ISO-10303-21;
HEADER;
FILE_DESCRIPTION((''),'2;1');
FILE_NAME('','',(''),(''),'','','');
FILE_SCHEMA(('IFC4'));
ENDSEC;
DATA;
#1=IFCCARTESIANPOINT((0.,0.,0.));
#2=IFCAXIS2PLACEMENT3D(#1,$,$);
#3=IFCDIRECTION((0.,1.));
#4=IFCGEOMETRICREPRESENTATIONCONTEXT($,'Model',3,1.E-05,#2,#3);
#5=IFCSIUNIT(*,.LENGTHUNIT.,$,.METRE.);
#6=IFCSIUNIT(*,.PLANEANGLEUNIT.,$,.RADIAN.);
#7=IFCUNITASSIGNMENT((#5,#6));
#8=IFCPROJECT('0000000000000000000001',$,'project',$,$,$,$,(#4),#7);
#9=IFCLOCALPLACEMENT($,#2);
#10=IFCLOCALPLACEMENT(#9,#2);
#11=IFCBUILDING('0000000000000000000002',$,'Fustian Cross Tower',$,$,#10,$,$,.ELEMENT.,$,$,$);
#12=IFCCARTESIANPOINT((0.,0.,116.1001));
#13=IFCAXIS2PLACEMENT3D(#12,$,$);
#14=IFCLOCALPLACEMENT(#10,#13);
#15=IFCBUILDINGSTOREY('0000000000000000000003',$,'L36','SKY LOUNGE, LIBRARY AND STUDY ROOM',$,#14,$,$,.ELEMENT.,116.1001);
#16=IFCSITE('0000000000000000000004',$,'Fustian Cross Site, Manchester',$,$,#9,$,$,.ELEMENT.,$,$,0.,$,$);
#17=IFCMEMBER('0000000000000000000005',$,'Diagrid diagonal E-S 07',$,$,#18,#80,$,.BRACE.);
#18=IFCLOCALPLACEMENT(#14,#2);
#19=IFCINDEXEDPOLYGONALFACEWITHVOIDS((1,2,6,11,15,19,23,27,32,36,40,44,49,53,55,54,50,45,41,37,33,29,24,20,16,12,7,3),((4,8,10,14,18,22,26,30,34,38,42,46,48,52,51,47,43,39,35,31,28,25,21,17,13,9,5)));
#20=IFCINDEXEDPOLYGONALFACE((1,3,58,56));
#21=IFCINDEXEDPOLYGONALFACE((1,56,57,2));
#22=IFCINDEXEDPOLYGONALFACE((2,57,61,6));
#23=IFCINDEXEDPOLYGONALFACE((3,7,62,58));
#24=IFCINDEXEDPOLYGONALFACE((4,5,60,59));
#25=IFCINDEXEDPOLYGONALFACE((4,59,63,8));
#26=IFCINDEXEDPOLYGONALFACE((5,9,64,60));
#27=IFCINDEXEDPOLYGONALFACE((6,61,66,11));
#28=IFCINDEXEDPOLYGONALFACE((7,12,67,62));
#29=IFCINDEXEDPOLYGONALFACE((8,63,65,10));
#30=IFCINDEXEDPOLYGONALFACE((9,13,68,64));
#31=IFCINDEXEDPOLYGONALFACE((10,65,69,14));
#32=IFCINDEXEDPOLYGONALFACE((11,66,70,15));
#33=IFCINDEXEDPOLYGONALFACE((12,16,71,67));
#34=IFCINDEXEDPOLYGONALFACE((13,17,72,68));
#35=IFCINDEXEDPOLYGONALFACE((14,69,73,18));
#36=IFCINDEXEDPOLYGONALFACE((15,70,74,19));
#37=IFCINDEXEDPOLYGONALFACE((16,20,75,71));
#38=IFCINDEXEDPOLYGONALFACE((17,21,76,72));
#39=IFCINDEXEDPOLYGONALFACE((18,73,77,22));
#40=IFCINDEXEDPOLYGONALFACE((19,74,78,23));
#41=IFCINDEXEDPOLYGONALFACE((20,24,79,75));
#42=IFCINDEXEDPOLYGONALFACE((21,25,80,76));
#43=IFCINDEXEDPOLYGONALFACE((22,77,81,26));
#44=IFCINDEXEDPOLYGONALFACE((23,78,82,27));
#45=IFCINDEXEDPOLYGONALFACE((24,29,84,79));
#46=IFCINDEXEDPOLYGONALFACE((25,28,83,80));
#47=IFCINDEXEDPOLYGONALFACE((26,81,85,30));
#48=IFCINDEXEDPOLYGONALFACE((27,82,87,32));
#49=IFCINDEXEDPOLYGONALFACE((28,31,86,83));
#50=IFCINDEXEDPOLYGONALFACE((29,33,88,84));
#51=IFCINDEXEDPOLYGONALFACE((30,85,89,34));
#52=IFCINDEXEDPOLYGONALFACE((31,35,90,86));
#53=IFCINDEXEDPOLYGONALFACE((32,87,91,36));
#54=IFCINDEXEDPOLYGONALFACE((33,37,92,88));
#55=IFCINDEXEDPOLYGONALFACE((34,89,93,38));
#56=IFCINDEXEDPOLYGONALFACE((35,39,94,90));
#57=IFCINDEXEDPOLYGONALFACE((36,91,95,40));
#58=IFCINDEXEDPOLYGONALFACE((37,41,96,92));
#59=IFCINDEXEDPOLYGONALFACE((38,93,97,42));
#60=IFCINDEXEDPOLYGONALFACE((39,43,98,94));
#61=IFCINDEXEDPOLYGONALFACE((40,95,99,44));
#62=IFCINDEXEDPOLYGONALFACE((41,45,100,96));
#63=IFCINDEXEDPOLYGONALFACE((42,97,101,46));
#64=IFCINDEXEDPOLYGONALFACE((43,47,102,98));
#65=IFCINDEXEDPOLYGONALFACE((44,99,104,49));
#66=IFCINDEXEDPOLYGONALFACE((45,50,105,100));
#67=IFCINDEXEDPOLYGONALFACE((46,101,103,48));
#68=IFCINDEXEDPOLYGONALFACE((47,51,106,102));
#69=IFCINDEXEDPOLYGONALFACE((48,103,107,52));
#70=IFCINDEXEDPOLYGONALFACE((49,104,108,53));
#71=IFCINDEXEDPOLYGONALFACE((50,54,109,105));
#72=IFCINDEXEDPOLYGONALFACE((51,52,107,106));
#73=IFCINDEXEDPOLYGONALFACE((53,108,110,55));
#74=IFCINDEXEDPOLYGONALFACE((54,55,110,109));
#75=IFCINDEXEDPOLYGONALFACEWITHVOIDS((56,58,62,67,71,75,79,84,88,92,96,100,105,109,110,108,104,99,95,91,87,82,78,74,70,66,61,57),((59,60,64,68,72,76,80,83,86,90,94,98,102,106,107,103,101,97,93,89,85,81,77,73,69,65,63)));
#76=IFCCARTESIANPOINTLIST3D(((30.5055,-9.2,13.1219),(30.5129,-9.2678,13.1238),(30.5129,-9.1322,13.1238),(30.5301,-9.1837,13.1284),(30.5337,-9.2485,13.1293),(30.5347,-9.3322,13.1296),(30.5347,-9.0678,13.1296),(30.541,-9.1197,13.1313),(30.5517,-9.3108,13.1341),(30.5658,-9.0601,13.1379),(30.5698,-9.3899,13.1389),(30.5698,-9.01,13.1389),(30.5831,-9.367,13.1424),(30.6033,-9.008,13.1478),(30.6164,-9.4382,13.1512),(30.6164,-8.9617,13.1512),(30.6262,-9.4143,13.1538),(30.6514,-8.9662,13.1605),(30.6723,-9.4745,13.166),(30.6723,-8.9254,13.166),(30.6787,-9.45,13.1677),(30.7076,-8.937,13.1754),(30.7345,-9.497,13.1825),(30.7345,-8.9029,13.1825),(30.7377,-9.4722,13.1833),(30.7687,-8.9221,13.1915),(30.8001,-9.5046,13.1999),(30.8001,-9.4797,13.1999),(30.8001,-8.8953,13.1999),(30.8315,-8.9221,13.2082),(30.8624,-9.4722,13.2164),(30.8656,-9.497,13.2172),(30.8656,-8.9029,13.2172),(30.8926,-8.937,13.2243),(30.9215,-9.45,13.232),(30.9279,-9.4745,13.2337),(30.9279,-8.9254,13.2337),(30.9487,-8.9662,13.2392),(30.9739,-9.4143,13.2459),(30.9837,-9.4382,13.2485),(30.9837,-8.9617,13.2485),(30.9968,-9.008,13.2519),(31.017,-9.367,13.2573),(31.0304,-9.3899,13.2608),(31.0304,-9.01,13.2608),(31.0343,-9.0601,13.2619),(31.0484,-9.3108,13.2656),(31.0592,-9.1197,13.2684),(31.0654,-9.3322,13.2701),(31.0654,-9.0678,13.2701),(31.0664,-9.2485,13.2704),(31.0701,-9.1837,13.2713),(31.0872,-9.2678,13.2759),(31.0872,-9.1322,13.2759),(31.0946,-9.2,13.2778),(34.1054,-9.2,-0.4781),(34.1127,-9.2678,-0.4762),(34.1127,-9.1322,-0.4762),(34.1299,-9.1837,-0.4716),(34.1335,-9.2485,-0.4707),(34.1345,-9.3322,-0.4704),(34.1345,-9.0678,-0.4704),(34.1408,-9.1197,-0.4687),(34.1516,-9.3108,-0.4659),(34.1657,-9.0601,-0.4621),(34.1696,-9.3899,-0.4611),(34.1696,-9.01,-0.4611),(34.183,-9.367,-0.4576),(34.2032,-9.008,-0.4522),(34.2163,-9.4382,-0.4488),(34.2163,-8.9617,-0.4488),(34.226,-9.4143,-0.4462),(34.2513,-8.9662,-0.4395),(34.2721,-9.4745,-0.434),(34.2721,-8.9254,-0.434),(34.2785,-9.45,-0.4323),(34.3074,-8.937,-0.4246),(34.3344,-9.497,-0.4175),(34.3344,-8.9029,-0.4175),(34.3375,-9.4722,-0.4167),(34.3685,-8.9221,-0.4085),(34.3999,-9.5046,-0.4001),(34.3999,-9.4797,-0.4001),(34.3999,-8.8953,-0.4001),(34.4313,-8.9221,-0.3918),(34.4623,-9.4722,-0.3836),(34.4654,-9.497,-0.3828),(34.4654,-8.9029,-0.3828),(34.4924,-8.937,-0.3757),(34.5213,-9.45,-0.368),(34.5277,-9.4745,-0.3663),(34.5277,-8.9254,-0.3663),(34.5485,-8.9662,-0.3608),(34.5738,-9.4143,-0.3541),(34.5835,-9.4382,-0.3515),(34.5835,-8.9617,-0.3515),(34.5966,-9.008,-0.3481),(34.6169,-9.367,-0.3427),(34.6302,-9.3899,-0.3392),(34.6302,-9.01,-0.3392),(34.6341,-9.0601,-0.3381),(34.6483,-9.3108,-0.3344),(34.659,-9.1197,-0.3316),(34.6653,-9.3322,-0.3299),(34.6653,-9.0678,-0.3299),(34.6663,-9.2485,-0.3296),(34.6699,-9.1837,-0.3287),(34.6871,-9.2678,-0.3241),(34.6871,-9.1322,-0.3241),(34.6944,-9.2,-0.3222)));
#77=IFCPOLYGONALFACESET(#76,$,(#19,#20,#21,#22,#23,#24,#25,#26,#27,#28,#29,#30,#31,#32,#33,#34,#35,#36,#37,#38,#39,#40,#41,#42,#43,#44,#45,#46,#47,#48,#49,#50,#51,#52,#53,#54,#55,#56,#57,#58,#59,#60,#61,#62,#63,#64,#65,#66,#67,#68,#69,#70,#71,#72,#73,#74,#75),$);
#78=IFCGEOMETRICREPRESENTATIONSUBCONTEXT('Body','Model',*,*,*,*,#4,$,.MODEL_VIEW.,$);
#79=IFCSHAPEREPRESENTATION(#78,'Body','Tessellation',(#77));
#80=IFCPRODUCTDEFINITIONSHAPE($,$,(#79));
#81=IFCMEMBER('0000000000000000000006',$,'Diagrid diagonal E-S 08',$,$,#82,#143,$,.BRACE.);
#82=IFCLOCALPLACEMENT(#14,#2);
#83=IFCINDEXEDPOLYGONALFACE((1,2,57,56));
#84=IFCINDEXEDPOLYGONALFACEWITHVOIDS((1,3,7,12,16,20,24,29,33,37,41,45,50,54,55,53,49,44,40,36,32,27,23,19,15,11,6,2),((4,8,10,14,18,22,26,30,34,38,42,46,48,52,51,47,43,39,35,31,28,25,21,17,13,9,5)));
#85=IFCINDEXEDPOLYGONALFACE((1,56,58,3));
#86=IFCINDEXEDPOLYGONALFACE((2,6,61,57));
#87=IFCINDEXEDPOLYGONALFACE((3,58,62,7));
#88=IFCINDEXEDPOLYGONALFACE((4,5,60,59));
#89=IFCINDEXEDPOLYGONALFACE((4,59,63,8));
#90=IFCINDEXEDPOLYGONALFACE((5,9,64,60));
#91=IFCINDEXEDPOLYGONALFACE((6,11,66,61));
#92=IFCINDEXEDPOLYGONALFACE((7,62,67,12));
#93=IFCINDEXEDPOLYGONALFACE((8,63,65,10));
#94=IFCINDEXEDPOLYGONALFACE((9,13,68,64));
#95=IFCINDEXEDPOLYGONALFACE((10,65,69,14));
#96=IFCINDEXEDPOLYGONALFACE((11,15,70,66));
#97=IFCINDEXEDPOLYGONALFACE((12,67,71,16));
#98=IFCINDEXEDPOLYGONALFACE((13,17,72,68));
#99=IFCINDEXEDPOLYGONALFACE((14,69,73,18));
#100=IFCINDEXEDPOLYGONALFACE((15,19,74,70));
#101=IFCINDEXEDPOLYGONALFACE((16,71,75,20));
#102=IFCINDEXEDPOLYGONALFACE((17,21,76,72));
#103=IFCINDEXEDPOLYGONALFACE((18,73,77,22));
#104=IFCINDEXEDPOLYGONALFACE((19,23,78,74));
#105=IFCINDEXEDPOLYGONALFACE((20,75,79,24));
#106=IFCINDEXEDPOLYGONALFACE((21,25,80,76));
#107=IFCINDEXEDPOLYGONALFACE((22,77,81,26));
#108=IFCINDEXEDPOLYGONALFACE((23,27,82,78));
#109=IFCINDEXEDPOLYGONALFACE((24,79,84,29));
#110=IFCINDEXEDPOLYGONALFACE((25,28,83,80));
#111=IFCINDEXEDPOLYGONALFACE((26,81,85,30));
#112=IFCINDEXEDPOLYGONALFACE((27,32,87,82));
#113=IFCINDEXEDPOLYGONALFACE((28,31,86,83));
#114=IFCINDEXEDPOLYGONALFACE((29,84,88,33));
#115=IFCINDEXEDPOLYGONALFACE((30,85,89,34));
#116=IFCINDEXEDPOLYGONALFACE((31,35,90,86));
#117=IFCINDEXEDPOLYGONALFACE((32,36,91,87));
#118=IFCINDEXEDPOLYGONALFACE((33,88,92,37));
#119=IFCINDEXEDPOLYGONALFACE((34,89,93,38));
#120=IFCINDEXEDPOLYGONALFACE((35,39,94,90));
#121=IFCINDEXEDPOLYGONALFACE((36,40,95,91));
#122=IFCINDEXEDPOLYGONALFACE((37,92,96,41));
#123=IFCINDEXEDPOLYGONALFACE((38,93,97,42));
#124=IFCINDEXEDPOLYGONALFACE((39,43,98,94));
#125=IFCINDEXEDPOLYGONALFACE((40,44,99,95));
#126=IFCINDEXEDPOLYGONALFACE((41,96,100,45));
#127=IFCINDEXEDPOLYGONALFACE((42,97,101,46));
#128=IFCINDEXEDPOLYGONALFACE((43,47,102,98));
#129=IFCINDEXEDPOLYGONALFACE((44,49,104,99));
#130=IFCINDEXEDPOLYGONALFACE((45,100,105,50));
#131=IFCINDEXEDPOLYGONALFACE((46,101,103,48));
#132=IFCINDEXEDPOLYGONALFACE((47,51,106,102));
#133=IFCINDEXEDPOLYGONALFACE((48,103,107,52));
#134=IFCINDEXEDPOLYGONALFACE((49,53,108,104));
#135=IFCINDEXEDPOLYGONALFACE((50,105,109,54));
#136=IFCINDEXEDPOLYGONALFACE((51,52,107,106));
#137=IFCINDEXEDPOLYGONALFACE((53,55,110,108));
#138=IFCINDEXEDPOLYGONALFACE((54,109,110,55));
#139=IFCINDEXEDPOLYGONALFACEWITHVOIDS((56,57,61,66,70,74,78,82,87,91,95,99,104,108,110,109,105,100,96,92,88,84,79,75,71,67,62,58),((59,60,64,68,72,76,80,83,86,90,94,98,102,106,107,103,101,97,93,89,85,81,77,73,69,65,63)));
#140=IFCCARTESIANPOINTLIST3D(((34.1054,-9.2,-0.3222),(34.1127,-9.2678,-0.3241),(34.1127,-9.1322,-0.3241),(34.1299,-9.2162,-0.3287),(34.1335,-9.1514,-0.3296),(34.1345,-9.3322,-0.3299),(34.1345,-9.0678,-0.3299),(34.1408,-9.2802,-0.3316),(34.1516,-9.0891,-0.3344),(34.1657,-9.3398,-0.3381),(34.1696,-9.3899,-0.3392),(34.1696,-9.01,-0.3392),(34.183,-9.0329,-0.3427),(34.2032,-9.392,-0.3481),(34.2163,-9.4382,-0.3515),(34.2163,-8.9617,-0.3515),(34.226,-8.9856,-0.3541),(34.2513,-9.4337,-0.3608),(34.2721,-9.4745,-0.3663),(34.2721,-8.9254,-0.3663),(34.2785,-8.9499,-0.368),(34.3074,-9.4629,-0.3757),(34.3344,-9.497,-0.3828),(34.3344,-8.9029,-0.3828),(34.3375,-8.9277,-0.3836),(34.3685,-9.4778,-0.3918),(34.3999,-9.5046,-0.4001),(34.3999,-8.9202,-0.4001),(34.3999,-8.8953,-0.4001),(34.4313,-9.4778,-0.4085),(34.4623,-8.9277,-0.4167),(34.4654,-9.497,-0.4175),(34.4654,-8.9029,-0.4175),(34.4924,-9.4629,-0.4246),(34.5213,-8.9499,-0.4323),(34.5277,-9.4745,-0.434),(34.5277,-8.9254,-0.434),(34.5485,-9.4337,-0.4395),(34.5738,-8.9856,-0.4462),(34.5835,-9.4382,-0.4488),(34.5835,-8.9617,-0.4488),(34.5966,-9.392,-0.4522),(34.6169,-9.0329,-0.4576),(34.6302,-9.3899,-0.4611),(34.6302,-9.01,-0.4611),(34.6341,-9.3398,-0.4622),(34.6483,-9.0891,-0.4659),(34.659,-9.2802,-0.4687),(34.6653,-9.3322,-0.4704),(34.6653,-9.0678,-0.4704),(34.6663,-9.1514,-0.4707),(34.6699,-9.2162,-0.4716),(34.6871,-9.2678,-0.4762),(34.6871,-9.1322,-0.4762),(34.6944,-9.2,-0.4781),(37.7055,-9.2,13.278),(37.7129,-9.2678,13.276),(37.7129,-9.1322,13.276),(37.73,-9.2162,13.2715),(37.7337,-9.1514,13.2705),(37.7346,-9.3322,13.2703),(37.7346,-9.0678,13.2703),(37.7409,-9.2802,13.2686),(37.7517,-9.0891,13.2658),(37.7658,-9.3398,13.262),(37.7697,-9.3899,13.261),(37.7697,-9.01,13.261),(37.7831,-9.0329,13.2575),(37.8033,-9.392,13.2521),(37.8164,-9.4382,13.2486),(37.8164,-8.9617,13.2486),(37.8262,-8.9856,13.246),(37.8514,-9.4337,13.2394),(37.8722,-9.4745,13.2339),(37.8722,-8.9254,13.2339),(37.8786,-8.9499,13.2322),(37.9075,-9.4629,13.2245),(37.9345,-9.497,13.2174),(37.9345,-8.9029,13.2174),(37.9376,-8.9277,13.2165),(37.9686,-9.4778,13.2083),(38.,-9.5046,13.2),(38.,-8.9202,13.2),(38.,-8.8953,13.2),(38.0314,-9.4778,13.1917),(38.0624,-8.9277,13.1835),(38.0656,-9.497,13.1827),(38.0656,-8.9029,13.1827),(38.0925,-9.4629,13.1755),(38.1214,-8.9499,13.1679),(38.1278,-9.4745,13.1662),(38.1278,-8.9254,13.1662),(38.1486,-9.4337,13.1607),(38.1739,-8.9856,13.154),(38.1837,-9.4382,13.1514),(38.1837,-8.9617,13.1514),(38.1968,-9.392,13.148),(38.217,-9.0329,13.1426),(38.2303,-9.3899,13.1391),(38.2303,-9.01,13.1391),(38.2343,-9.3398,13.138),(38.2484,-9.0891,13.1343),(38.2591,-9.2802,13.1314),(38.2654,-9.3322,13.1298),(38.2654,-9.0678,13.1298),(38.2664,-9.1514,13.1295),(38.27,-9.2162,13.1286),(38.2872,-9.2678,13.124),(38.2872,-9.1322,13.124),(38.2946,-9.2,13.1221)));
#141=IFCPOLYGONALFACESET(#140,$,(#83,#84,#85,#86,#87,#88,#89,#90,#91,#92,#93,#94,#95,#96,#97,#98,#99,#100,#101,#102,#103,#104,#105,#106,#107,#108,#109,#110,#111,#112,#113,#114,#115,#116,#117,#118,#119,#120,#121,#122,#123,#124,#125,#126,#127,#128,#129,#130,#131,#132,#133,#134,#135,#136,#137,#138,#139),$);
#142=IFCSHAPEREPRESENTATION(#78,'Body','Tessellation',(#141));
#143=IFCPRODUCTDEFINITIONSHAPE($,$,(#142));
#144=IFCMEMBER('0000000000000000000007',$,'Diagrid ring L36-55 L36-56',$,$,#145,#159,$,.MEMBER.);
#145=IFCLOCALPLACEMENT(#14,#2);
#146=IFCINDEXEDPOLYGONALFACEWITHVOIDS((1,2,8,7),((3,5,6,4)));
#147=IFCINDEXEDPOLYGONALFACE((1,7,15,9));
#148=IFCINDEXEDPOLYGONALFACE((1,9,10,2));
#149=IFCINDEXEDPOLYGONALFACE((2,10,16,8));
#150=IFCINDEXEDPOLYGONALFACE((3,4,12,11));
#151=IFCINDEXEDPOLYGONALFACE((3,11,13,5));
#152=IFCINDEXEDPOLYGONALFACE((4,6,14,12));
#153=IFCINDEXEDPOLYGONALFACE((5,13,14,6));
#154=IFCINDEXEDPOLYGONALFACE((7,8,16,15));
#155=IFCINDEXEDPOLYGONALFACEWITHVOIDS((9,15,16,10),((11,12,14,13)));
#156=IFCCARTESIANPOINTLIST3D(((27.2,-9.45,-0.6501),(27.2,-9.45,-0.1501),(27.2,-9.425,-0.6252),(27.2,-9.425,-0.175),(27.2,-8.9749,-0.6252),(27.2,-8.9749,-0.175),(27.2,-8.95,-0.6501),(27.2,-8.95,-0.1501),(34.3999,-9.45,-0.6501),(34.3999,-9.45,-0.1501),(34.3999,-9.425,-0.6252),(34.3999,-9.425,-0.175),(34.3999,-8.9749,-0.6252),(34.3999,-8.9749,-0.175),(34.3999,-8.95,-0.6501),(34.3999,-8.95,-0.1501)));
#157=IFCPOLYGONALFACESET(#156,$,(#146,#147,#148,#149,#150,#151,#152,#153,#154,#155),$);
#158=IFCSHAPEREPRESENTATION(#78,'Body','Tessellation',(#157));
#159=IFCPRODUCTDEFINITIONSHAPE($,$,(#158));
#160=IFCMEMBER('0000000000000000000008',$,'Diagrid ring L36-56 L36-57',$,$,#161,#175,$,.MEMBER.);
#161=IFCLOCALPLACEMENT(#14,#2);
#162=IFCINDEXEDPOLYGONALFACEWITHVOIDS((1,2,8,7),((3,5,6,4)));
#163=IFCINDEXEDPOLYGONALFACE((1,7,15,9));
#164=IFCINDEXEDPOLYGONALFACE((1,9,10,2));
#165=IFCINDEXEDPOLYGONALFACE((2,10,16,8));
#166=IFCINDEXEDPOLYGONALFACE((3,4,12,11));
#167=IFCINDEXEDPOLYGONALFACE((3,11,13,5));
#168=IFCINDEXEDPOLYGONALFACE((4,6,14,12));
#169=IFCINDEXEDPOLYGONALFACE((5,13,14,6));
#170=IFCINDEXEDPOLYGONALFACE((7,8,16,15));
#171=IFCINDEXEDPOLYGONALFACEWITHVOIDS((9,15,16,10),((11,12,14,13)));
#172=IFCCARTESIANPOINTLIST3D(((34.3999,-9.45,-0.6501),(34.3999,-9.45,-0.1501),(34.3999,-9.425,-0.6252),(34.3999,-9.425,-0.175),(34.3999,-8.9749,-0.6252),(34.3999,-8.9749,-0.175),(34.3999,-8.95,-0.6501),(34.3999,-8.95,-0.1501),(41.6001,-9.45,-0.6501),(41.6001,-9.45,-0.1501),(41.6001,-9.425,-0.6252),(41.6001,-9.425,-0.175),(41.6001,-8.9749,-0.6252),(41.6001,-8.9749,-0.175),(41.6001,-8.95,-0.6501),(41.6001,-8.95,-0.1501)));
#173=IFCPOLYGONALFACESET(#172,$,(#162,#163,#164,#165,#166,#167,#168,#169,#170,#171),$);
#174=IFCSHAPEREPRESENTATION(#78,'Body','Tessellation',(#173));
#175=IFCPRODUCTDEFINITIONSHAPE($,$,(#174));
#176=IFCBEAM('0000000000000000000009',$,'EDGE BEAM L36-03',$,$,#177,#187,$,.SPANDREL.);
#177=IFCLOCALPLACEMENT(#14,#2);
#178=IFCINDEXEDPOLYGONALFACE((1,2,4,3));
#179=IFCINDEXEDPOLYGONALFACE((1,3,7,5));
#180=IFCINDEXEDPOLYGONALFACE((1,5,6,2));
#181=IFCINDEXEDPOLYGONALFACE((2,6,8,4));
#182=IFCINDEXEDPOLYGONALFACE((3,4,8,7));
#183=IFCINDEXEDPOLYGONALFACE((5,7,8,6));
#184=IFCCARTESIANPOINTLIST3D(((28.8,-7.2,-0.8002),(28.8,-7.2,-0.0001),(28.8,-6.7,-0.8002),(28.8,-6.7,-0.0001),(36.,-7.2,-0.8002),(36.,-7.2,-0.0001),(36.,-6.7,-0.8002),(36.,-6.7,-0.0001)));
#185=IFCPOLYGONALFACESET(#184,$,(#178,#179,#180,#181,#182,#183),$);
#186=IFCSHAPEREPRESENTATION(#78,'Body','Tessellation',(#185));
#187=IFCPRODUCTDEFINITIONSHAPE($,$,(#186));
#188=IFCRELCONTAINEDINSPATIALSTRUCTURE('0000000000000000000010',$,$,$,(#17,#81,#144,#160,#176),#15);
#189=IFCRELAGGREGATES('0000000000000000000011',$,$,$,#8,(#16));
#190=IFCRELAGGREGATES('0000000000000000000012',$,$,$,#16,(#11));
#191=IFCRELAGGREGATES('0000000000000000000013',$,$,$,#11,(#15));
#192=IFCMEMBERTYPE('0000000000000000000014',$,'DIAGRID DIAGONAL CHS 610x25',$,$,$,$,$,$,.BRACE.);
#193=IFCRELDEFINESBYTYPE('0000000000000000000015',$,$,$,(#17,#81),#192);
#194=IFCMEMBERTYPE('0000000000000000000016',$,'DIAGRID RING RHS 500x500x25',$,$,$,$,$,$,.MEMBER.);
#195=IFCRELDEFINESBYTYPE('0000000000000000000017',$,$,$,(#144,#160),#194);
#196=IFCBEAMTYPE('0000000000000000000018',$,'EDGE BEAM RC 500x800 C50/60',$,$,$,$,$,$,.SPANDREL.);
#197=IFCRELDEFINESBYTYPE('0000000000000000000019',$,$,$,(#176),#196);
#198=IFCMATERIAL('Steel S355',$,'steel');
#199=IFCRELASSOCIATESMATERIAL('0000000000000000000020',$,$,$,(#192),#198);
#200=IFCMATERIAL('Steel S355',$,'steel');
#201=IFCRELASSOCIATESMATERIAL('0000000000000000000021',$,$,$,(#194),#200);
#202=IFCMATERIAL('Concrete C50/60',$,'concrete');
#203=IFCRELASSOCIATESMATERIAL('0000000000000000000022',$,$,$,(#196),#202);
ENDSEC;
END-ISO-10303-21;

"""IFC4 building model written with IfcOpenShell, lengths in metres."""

from ifc_helpers import new_model, si_unit, direction, frame, origin, origin_2d, place, context, subcontext, project, spatial, rectangle, hollow_rectangle, hollow_circle, extrude, material, material_profile, profile_set, type_object, element, save


model = new_model("IFC4")

# Units and contexts
model_context = context("Model", 3, precision=1e-05, world=origin(), true_north=direction((0.0, 1.0)))
body_context = subcontext(model_context, "Body", "Model", "MODEL_VIEW")
ifc_project = project(units=[si_unit("LENGTHUNIT", "METRE"), si_unit("PLANEANGLEUNIT", "RADIAN")], contexts=[model_context])

# Site, building, storey
site_placement = place(None, origin())
site = spatial("IfcSite", under=ifc_project, at=site_placement, Name="Fustian Cross Site, Manchester", CompositionType="ELEMENT", RefElevation=0.0)
building_placement = place(site_placement, origin())
building = spatial("IfcBuilding", under=site, at=building_placement, Name="Fustian Cross Tower", CompositionType="ELEMENT")
storey_placement = place(building_placement, frame((0.0, 0.0, 116.1001)))
storey = spatial("IfcBuildingStorey", under=building, at=storey_placement, Name="L36", Description="SKY LOUNGE, LIBRARY AND STUDY ROOM", CompositionType="ELEMENT", Elevation=116.1001)

# Members
ifc_material_1 = material(Name="Steel S355", Category="steel")
ifc_material_profile_1 = material_profile(ifc_material_1, hollow_circle(Radius=0.3047, WallThickness=0.0249, at=origin_2d()), Name="CHS 610x25")
ifc_profile_set_1 = profile_set([ifc_material_profile_1], Name="Steel S355")
member_type_1 = type_object("IfcMemberType", Name="DIAGRID DIAGONAL CHS 610x25", PredefinedType="BRACE", material=ifc_profile_set_1)
member_1_placement = place(storey_placement, frame((34.3999, -9.2, -0.4001), z_axis=(-0.255881, 0.0, 0.966708), x_axis=(0.0, -1.0, 0.0)))
element("IfcMember", 1, at=member_1_placement, inside=storey, type_object=member_type_1, Name="Diagrid diagonal E-S 07", PredefinedType="BRACE", context=body_context, shape_type="SweptSolid", body=[
    extrude(hollow_circle(Radius=0.3047, WallThickness=0.0249, at=origin_2d()), origin(), (0.0, 0.0, 1.0), 14.0684),
])
member_2_placement = place(storey_placement, frame((34.3999, -9.2, -0.4001), z_axis=(0.255897, 0.0, 0.966704), x_axis=(0.0, 1.0, 0.0)))
element("IfcMember", 2, at=member_2_placement, inside=storey, type_object=member_type_1, Name="Diagrid diagonal E-S 08", PredefinedType="BRACE", context=body_context, shape_type="SweptSolid", body=[
    extrude(hollow_circle(Radius=0.3047, WallThickness=0.0249, at=origin_2d()), origin(), (0.0, 0.0, 1.0), 14.0686),
])
ifc_material_2 = material(Name="Steel S355", Category="steel")
ifc_material_profile_2 = material_profile(ifc_material_2, hollow_rectangle(XDim=0.5, YDim=0.5, WallThickness=0.0249, at=origin_2d()), Name="RHS 500x500x25")
ifc_profile_set_2 = profile_set([ifc_material_profile_2], Name="Steel S355")
member_type_2 = type_object("IfcMemberType", Name="DIAGRID RING RHS 500x500x25", PredefinedType="MEMBER", material=ifc_profile_set_2)
member_3_placement = place(storey_placement, frame((27.2, -9.2, -0.4001), z_axis=(1.0, 0.0, 0.0), x_axis=(0.0, 1.0, 0.0)))
element("IfcMember", 3, at=member_3_placement, inside=storey, type_object=member_type_2, Name="Diagrid ring L36-55 L36-56", PredefinedType="MEMBER", context=body_context, shape_type="SweptSolid", body=[
    extrude(hollow_rectangle(XDim=0.5, YDim=0.5, WallThickness=0.0249, at=origin_2d()), origin(), (0.0, 0.0, 1.0), 7.2),
])
member_4_placement = place(storey_placement, frame((34.3999, -9.2, -0.4001), z_axis=(1.0, 0.0, 0.0), x_axis=(0.0, 1.0, 0.0)))
element("IfcMember", 4, at=member_4_placement, inside=storey, type_object=member_type_2, Name="Diagrid ring L36-56 L36-57", PredefinedType="MEMBER", context=body_context, shape_type="SweptSolid", body=[
    extrude(hollow_rectangle(XDim=0.5, YDim=0.5, WallThickness=0.0249, at=origin_2d()), origin(), (0.0, 0.0, 1.0), 7.2002),
])

# Beam
ifc_material_3 = material(Name="Concrete C50/60", Category="concrete")
ifc_material_profile_3 = material_profile(ifc_material_3, rectangle(XDim=0.5, YDim=0.8, at=origin_2d()), Name="RC 500x800")
ifc_profile_set_3 = profile_set([ifc_material_profile_3], Name="Concrete C50/60")
beam_type = type_object("IfcBeamType", Name="EDGE BEAM RC 500x800 C50/60", PredefinedType="SPANDREL", material=ifc_profile_set_3)
beam_1_placement = place(storey_placement, frame((28.8, -6.95, -0.4001), z_axis=(1.0, 0.0, 0.0), x_axis=(0.0, 1.0, 0.0)))
element("IfcBeam", 5, at=beam_1_placement, inside=storey, type_object=beam_type, Name="EDGE BEAM L36-03", PredefinedType="SPANDREL", context=body_context, shape_type="SweptSolid", body=[
    extrude(rectangle(XDim=0.5, YDim=0.8, at=origin_2d()), origin(), (0.0, 0.0, 1.0), 7.2),
])

save(model, "model.ifc")
